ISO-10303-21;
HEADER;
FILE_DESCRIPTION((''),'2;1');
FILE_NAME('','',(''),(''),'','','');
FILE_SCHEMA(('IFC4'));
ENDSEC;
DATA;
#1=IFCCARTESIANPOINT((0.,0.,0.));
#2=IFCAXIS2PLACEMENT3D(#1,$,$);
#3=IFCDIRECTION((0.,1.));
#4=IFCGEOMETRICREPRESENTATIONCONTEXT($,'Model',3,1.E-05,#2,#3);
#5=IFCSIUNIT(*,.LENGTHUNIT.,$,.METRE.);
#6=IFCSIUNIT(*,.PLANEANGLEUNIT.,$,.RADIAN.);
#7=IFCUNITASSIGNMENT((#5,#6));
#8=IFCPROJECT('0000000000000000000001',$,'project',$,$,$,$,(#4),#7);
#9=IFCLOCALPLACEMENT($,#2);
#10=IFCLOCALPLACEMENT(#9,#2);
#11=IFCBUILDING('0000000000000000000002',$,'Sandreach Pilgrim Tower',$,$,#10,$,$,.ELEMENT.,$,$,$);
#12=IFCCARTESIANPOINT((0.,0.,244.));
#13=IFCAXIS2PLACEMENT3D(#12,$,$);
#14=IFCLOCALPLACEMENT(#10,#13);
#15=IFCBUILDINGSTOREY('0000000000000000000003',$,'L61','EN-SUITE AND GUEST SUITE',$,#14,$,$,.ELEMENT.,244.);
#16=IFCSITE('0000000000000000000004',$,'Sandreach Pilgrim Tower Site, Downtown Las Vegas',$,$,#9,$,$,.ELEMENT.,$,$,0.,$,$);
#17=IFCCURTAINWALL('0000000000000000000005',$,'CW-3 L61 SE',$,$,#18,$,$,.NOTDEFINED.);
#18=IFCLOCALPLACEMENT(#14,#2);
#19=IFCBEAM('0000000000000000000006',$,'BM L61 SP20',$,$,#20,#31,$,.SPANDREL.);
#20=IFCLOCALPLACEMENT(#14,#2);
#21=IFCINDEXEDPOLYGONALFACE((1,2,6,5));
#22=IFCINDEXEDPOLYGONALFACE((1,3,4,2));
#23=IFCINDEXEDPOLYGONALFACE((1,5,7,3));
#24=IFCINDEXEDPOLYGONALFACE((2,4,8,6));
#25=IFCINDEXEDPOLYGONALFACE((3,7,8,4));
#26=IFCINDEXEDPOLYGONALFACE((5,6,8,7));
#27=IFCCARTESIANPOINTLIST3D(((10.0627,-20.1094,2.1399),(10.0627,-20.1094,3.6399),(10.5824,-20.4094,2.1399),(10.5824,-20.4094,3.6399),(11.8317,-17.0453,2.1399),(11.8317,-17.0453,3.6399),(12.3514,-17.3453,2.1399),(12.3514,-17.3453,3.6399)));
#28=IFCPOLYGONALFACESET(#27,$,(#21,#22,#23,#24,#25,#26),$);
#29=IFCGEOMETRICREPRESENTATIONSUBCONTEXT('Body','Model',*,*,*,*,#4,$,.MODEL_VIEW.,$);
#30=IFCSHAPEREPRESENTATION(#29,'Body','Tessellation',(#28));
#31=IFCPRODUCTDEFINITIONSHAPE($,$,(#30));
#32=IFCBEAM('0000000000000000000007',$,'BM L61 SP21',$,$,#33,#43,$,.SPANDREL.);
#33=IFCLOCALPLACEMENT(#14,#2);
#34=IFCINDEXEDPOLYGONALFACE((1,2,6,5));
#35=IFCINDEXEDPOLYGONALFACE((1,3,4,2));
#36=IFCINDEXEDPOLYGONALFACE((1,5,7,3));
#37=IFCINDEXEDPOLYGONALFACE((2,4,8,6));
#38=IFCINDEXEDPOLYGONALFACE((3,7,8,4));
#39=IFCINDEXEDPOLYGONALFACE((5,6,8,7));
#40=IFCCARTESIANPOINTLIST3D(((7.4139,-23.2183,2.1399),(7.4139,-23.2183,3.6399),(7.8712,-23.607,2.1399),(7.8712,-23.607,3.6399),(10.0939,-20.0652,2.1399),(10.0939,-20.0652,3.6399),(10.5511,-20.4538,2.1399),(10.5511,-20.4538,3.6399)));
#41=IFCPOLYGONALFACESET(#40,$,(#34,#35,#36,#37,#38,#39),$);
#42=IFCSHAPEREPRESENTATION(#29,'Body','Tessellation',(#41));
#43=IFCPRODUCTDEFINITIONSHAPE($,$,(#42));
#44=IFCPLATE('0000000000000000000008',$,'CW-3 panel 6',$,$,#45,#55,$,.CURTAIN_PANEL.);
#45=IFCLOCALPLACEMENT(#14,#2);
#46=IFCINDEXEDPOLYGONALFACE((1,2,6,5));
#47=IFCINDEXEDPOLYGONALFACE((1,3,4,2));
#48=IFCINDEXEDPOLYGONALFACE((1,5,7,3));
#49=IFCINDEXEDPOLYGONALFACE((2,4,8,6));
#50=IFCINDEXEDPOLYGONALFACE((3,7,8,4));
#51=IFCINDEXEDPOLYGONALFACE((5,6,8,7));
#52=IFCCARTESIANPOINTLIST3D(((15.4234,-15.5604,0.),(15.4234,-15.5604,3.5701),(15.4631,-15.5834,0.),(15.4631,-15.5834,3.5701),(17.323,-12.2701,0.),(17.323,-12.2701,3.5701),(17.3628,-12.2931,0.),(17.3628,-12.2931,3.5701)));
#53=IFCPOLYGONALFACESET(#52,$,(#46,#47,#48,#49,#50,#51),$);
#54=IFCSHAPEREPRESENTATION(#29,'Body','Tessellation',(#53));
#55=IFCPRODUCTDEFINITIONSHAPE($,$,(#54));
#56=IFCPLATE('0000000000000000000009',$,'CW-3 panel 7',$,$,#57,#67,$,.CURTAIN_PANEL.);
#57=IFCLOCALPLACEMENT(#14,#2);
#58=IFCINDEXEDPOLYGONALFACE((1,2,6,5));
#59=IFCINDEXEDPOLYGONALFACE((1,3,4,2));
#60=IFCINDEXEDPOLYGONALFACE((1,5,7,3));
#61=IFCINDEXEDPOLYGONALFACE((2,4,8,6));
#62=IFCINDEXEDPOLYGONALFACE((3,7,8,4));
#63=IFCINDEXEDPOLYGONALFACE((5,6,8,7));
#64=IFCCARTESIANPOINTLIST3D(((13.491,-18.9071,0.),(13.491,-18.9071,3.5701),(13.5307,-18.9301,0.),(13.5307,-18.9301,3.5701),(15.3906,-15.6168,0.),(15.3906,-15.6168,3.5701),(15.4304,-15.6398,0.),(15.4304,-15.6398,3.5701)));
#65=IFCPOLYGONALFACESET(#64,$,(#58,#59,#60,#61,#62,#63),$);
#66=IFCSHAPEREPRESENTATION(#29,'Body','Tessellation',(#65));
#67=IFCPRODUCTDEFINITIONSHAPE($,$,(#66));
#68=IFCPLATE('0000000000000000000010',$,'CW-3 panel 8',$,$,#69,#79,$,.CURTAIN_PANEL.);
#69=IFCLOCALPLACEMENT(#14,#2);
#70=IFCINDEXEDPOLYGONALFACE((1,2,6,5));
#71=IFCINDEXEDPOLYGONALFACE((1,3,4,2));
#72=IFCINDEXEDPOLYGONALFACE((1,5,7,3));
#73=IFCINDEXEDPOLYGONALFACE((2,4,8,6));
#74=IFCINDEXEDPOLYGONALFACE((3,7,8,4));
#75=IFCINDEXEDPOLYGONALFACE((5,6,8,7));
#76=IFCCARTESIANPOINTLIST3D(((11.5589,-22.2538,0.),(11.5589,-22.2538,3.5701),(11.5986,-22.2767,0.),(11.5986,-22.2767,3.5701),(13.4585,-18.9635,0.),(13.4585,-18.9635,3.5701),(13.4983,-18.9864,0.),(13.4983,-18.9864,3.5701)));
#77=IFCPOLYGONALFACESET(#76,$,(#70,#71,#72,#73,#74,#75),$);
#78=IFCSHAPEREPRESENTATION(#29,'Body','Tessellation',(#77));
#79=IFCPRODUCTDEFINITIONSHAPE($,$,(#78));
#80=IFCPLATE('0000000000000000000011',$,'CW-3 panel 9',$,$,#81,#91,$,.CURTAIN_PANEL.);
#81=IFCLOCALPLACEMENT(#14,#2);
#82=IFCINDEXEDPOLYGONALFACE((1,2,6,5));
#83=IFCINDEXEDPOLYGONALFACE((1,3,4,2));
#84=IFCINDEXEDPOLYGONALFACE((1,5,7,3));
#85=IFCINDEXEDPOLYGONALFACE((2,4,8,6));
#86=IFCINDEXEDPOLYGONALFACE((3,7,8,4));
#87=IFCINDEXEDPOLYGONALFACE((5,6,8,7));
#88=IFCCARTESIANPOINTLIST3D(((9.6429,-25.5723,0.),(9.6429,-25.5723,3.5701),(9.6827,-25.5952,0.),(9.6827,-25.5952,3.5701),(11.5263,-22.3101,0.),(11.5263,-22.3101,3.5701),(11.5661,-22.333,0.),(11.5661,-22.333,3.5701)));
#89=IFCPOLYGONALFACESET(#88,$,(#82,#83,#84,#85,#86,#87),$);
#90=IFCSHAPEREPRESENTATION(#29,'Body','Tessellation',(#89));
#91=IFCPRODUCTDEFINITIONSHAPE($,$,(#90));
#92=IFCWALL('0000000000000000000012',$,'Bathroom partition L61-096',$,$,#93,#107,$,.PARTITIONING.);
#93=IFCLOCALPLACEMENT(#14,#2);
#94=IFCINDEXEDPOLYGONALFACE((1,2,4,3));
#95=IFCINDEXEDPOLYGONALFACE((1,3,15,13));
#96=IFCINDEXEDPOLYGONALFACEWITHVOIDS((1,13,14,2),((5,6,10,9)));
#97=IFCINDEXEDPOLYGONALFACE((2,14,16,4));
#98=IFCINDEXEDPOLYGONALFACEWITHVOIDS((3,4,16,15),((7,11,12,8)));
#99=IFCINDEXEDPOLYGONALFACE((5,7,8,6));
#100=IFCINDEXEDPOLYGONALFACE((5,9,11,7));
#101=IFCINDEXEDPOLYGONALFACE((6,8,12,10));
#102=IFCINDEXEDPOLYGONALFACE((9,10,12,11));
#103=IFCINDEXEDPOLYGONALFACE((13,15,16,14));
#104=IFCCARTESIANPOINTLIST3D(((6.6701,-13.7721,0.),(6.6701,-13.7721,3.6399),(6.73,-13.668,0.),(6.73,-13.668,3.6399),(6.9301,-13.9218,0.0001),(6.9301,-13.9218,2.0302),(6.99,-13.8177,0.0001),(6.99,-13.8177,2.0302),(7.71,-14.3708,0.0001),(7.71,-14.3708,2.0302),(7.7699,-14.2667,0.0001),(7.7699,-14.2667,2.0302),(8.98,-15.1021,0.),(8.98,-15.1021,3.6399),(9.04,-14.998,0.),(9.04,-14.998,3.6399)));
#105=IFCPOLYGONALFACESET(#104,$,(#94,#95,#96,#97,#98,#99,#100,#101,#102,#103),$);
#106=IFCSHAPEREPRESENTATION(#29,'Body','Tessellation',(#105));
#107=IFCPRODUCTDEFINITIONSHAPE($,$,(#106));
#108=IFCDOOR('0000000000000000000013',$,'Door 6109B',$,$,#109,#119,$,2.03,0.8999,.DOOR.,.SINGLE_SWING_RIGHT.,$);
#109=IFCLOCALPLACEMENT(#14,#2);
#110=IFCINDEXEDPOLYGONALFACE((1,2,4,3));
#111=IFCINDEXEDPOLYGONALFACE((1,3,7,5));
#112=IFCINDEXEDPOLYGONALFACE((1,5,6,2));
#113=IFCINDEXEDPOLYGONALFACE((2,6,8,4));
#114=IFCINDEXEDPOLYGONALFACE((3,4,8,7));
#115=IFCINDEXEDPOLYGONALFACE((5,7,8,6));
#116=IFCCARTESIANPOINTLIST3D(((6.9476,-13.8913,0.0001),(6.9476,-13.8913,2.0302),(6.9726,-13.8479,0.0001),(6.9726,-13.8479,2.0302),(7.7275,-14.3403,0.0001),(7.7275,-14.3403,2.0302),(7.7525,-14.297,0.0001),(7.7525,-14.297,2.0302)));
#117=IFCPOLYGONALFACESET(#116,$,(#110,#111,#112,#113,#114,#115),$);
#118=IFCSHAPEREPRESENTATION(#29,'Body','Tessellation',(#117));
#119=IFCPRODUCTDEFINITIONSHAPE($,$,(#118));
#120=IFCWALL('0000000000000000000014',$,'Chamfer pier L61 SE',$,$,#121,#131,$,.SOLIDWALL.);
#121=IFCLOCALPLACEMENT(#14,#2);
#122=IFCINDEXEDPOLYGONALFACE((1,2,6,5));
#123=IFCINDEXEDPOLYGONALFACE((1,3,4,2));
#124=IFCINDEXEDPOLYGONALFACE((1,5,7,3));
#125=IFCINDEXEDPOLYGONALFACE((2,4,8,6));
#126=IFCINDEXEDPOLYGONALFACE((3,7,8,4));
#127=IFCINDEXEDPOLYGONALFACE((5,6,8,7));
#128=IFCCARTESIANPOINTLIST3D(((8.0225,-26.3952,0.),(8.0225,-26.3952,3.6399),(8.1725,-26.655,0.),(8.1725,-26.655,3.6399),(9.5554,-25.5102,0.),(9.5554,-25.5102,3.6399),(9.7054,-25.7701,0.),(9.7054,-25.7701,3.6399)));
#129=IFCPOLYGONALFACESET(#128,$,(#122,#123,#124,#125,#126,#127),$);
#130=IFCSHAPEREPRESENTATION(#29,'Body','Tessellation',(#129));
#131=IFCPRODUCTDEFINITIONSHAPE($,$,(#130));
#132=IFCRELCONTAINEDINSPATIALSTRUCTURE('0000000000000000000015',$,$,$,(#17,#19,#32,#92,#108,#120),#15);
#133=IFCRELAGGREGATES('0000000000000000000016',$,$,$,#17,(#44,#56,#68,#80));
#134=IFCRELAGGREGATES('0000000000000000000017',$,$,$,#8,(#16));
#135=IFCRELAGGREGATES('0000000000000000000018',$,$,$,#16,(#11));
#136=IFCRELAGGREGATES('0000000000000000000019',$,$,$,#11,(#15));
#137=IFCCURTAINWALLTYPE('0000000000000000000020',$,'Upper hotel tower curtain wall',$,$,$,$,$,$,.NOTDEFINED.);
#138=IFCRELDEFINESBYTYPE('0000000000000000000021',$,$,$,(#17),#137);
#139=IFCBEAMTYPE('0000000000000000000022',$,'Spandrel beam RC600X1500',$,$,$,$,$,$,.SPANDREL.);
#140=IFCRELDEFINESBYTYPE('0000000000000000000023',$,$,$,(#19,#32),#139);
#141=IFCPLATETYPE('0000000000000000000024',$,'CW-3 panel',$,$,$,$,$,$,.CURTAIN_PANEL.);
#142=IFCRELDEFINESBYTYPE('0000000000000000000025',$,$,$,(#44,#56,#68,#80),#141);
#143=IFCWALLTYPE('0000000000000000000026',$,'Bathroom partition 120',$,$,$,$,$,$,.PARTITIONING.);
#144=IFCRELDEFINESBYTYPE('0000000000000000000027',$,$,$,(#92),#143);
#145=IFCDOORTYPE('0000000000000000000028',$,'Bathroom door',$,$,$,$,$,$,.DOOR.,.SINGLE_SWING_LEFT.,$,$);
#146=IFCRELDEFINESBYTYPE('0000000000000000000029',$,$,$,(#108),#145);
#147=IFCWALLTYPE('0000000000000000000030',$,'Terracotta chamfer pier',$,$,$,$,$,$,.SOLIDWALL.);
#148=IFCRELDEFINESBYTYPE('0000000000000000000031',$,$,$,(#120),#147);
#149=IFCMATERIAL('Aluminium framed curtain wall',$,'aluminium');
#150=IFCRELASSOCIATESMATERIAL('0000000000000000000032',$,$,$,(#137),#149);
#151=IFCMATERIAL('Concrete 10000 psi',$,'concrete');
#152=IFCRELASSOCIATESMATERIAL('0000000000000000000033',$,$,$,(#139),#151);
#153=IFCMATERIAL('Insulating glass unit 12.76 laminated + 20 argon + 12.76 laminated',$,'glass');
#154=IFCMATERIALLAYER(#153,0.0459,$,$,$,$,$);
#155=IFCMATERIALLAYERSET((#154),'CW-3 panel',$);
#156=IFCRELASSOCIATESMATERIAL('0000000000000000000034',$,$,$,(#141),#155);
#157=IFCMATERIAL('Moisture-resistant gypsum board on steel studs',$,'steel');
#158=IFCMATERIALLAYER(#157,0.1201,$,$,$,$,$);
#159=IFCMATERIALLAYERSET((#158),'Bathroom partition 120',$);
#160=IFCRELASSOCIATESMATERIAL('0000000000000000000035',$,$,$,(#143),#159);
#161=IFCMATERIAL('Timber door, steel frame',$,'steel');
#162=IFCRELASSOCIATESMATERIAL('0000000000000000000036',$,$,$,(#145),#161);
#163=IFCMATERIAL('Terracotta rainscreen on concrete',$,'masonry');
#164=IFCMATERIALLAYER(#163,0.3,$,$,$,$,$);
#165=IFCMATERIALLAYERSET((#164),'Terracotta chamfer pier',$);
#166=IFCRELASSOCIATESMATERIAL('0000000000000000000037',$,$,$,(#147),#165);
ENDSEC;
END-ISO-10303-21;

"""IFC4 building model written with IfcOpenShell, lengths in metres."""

from ifc_helpers import new_model, si_unit, direction, frame, frame_2d, origin, origin_2d, place, context, subcontext, project, spatial, rectangle, extrude, material, layer, layer_set, material_profile, profile_set, type_object, element, fill, aggregate, save


model = new_model("IFC4")

# Units and contexts
model_context = context("Model", 3, precision=1e-05, world=origin(), true_north=direction((0.0, 1.0)))
body_context = subcontext(model_context, "Body", "Model", "MODEL_VIEW")
ifc_project = project(units=[si_unit("LENGTHUNIT", "METRE"), si_unit("PLANEANGLEUNIT", "RADIAN")], contexts=[model_context])

# Site, building, storey
site_placement = place(None, origin())
site = spatial("IfcSite", under=ifc_project, at=site_placement, Name="Sandreach Pilgrim Tower Site, Downtown Las Vegas", CompositionType="ELEMENT", RefElevation=0.0)
building_placement = place(site_placement, origin())
building = spatial("IfcBuilding", under=site, at=building_placement, Name="Sandreach Pilgrim Tower", CompositionType="ELEMENT")
storey_placement = place(building_placement, frame((0.0, 0.0, 244.0)))
storey = spatial("IfcBuildingStorey", under=building, at=storey_placement, Name="L61", Description="EN-SUITE AND GUEST SUITE", CompositionType="ELEMENT", Elevation=244.0)

# Curtain wall
ifc_material_1 = material(Name="Aluminium framed curtain wall", Category="aluminium")
curtain_wall_type = type_object("IfcCurtainWallType", Name="Upper hotel tower curtain wall", PredefinedType="NOTDEFINED", material=ifc_material_1)
curtain_wall_1_placement = place(storey_placement, origin())
curtain_wall_1 = element("IfcCurtainWall", 1, at=curtain_wall_1_placement, inside=storey, type_object=curtain_wall_type, Name="CW-3 L61 SE", PredefinedType="NOTDEFINED")

# Beams
ifc_material_2 = material(Name="Concrete 10000 psi", Category="concrete")
ifc_material_profile_1 = material_profile(ifc_material_2, rectangle(XDim=0.6001, YDim=1.5, at=origin_2d()), Name="RC600X1500")
ifc_profile_set_1 = profile_set([ifc_material_profile_1], Name="Concrete 10000 psi")
beam_type_1 = type_object("IfcBeamType", Name="Spandrel beam RC600X1500", PredefinedType="SPANDREL", material=ifc_profile_set_1)
beam_1_placement = place(storey_placement, frame((12.0916, -17.1953, 2.8899), z_axis=(-0.499983, -0.866035, 0.0), x_axis=(0.866035, -0.499983, 0.0)))
element("IfcBeam", 2, at=beam_1_placement, inside=storey, type_object=beam_type_1, Name="BM L61 SP20", PredefinedType="SPANDREL", context=body_context, shape_type="SweptSolid", body=[
    extrude(rectangle(XDim=0.6001, YDim=1.5, at=origin_2d()), origin(), (0.0, 0.0, 1.0), 3.5381),
])
beam_2_placement = place(storey_placement, frame((10.3225, -20.2595, 2.8899), z_axis=(-0.647623, -0.761961, 0.0), x_axis=(0.761961, -0.647623, 0.0)))
element("IfcBeam", 3, at=beam_2_placement, inside=storey, type_object=beam_type_1, Name="BM L61 SP21", PredefinedType="SPANDREL", context=body_context, shape_type="SweptSolid", body=[
    extrude(rectangle(XDim=0.6001, YDim=1.5, at=origin_2d()), origin(), (0.0, 0.0, 1.0), 4.1382),
])

# Plates
ifc_material_3 = material(Name="Insulating glass unit 12.76 laminated + 20 argon + 12.76 laminated", Category="glass")
ifc_layer_1 = layer(ifc_material_3, 0.0459)
ifc_layer_set_1 = layer_set([ifc_layer_1], Name="CW-3 panel")
plate_type = type_object("IfcPlateType", Name="CW-3 panel", PredefinedType="CURTAIN_PANEL", material=ifc_layer_set_1)
plate_1_placement = place(storey_placement, frame((16.3931, -13.9268, 0.0), z_axis=(0.0, 0.0, 1.0), x_axis=(-0.5, -0.866025, 0.0)))
plate_1 = element("IfcPlate", 4, at=plate_1_placement, type_object=plate_type, Name="CW-3 panel 6", PredefinedType="CURTAIN_PANEL", context=body_context, shape_type="SweptSolid", body=[
    extrude(rectangle(XDim=3.7993, YDim=0.0459, at=origin_2d()), origin(), (0.0, 0.0, 1.0), 3.5701),
])
plate_2_placement = place(storey_placement, frame((14.4607, -17.2734, 0.0), z_axis=(0.0, 0.0, 1.0), x_axis=(-0.5, -0.866025, 0.0)))
plate_2 = element("IfcPlate", 5, at=plate_2_placement, type_object=plate_type, Name="CW-3 panel 7", PredefinedType="CURTAIN_PANEL", context=body_context, shape_type="SweptSolid", body=[
    extrude(rectangle(XDim=3.7993, YDim=0.0459, at=origin_2d()), origin(), (0.0, 0.0, 1.0), 3.5701),
])
plate_3_placement = place(storey_placement, frame((12.5286, -20.6201, 0.0), z_axis=(0.0, 0.0, 1.0), x_axis=(-0.5, -0.866025, 0.0)))
plate_3 = element("IfcPlate", 6, at=plate_3_placement, type_object=plate_type, Name="CW-3 panel 8", PredefinedType="CURTAIN_PANEL", context=body_context, shape_type="SweptSolid", body=[
    extrude(rectangle(XDim=3.7993, YDim=0.0459, at=origin_2d()), origin(), (0.0, 0.0, 1.0), 3.5701),
])
plate_4_placement = place(storey_placement, frame((10.6045, -23.9526, 0.0), z_axis=(0.0, 0.0, 1.0), x_axis=(-0.5, -0.866025, 0.0)))
plate_4 = element("IfcPlate", 7, at=plate_4_placement, type_object=plate_type, Name="CW-3 panel 9", PredefinedType="CURTAIN_PANEL", context=body_context, shape_type="SweptSolid", body=[
    extrude(rectangle(XDim=3.7668, YDim=0.0459, at=origin_2d()), origin(), (0.0, 0.0, 1.0), 3.5701),
])
aggregate(curtain_wall_1, [plate_1, plate_2, plate_3, plate_4])

# Wall, opening, door
ifc_material_4 = material(Name="Moisture-resistant gypsum board on steel studs", Category="steel")
ifc_layer_2 = layer(ifc_material_4, 0.1201)
ifc_layer_set_2 = layer_set([ifc_layer_2], Name="Bathroom partition 120")
wall_type_1 = type_object("IfcWallType", Name="Bathroom partition 120", PredefinedType="PARTITIONING", material=ifc_layer_set_2)
wall_1_placement = place(storey_placement, frame((9.01, -15.05, 0.0), z_axis=(0.0, 0.0, 1.0), x_axis=(-0.866615, 0.498977, 0.0)))
wall_1 = element("IfcWall", 8, at=wall_1_placement, inside=storey, type_object=wall_type_1, Name="Bathroom partition L61-096", PredefinedType="PARTITIONING", context=body_context, shape_type="SweptSolid", body=[
    extrude(rectangle(XDim=2.6655, YDim=0.1201, at=frame_2d((1.3328, 0.0))), origin(), (0.0, 0.0, 1.0), 3.6399),
])
opening_placement = place(wall_1_placement, frame((1.4656, 0.0, 0.0)))
opening = element("IfcOpeningElement", 9, at=opening_placement, cuts=wall_1, PredefinedType="OPENING", context=body_context, shape_type="SweptSolid", body=[
    extrude(rectangle(XDim=0.8999, YDim=2.03, at=frame_2d((0.45, 1.0151))), frame((0.0, 0.0601, 0.0), z_axis=(0.0, -1.0, 0.0), x_axis=(1.0, 0.0, 0.0)), (0.0, 0.0, 1.0), 0.1201),
])
ifc_material_5 = material(Name="Timber door, steel frame", Category="steel")
door_type = type_object("IfcDoorType", Name="Bathroom door", OperationType="SINGLE_SWING_LEFT", PredefinedType="DOOR", material=ifc_material_5)
door_placement = place(opening_placement, origin())
door = element("IfcDoor", 10, at=door_placement, inside=storey, type_object=door_type, Name="Door 6109B", OperationType="SINGLE_SWING_RIGHT", OverallHeight=2.03, OverallWidth=0.8999, PredefinedType="DOOR", context=body_context, shape_type="SweptSolid", body=[
    extrude(rectangle(XDim=0.8999, YDim=2.03, at=frame_2d((0.45, 1.0151))), frame((0.0, 0.0249, 0.0), z_axis=(0.0, -1.0, 0.0), x_axis=(1.0, 0.0, 0.0)), (0.0, 0.0, 1.0), 0.05),
])
fill(opening, door)

# Wall
ifc_material_6 = material(Name="Terracotta rainscreen on concrete", Category="masonry")
ifc_layer_3 = layer(ifc_material_6, 0.3)
ifc_layer_set_3 = layer_set([ifc_layer_3], Name="Terracotta chamfer pier")
wall_type_2 = type_object("IfcWallType", Name="Terracotta chamfer pier", PredefinedType="SOLIDWALL", material=ifc_layer_set_3)
wall_2_placement = place(storey_placement, frame((9.6304, -25.6401, 0.0), z_axis=(0.0, 0.0, 1.0), x_axis=(-0.866036, -0.499981, 0.0)))
element("IfcWall", 11, at=wall_2_placement, inside=storey, type_object=wall_type_2, Name="Chamfer pier L61 SE", PredefinedType="SOLIDWALL", context=body_context, shape_type="SweptSolid", body=[
    extrude(rectangle(XDim=1.77, YDim=0.3, at=frame_2d((0.885, 0.0))), origin(), (0.0, 0.0, 1.0), 3.6399),
])

save(model, "model.ifc")
